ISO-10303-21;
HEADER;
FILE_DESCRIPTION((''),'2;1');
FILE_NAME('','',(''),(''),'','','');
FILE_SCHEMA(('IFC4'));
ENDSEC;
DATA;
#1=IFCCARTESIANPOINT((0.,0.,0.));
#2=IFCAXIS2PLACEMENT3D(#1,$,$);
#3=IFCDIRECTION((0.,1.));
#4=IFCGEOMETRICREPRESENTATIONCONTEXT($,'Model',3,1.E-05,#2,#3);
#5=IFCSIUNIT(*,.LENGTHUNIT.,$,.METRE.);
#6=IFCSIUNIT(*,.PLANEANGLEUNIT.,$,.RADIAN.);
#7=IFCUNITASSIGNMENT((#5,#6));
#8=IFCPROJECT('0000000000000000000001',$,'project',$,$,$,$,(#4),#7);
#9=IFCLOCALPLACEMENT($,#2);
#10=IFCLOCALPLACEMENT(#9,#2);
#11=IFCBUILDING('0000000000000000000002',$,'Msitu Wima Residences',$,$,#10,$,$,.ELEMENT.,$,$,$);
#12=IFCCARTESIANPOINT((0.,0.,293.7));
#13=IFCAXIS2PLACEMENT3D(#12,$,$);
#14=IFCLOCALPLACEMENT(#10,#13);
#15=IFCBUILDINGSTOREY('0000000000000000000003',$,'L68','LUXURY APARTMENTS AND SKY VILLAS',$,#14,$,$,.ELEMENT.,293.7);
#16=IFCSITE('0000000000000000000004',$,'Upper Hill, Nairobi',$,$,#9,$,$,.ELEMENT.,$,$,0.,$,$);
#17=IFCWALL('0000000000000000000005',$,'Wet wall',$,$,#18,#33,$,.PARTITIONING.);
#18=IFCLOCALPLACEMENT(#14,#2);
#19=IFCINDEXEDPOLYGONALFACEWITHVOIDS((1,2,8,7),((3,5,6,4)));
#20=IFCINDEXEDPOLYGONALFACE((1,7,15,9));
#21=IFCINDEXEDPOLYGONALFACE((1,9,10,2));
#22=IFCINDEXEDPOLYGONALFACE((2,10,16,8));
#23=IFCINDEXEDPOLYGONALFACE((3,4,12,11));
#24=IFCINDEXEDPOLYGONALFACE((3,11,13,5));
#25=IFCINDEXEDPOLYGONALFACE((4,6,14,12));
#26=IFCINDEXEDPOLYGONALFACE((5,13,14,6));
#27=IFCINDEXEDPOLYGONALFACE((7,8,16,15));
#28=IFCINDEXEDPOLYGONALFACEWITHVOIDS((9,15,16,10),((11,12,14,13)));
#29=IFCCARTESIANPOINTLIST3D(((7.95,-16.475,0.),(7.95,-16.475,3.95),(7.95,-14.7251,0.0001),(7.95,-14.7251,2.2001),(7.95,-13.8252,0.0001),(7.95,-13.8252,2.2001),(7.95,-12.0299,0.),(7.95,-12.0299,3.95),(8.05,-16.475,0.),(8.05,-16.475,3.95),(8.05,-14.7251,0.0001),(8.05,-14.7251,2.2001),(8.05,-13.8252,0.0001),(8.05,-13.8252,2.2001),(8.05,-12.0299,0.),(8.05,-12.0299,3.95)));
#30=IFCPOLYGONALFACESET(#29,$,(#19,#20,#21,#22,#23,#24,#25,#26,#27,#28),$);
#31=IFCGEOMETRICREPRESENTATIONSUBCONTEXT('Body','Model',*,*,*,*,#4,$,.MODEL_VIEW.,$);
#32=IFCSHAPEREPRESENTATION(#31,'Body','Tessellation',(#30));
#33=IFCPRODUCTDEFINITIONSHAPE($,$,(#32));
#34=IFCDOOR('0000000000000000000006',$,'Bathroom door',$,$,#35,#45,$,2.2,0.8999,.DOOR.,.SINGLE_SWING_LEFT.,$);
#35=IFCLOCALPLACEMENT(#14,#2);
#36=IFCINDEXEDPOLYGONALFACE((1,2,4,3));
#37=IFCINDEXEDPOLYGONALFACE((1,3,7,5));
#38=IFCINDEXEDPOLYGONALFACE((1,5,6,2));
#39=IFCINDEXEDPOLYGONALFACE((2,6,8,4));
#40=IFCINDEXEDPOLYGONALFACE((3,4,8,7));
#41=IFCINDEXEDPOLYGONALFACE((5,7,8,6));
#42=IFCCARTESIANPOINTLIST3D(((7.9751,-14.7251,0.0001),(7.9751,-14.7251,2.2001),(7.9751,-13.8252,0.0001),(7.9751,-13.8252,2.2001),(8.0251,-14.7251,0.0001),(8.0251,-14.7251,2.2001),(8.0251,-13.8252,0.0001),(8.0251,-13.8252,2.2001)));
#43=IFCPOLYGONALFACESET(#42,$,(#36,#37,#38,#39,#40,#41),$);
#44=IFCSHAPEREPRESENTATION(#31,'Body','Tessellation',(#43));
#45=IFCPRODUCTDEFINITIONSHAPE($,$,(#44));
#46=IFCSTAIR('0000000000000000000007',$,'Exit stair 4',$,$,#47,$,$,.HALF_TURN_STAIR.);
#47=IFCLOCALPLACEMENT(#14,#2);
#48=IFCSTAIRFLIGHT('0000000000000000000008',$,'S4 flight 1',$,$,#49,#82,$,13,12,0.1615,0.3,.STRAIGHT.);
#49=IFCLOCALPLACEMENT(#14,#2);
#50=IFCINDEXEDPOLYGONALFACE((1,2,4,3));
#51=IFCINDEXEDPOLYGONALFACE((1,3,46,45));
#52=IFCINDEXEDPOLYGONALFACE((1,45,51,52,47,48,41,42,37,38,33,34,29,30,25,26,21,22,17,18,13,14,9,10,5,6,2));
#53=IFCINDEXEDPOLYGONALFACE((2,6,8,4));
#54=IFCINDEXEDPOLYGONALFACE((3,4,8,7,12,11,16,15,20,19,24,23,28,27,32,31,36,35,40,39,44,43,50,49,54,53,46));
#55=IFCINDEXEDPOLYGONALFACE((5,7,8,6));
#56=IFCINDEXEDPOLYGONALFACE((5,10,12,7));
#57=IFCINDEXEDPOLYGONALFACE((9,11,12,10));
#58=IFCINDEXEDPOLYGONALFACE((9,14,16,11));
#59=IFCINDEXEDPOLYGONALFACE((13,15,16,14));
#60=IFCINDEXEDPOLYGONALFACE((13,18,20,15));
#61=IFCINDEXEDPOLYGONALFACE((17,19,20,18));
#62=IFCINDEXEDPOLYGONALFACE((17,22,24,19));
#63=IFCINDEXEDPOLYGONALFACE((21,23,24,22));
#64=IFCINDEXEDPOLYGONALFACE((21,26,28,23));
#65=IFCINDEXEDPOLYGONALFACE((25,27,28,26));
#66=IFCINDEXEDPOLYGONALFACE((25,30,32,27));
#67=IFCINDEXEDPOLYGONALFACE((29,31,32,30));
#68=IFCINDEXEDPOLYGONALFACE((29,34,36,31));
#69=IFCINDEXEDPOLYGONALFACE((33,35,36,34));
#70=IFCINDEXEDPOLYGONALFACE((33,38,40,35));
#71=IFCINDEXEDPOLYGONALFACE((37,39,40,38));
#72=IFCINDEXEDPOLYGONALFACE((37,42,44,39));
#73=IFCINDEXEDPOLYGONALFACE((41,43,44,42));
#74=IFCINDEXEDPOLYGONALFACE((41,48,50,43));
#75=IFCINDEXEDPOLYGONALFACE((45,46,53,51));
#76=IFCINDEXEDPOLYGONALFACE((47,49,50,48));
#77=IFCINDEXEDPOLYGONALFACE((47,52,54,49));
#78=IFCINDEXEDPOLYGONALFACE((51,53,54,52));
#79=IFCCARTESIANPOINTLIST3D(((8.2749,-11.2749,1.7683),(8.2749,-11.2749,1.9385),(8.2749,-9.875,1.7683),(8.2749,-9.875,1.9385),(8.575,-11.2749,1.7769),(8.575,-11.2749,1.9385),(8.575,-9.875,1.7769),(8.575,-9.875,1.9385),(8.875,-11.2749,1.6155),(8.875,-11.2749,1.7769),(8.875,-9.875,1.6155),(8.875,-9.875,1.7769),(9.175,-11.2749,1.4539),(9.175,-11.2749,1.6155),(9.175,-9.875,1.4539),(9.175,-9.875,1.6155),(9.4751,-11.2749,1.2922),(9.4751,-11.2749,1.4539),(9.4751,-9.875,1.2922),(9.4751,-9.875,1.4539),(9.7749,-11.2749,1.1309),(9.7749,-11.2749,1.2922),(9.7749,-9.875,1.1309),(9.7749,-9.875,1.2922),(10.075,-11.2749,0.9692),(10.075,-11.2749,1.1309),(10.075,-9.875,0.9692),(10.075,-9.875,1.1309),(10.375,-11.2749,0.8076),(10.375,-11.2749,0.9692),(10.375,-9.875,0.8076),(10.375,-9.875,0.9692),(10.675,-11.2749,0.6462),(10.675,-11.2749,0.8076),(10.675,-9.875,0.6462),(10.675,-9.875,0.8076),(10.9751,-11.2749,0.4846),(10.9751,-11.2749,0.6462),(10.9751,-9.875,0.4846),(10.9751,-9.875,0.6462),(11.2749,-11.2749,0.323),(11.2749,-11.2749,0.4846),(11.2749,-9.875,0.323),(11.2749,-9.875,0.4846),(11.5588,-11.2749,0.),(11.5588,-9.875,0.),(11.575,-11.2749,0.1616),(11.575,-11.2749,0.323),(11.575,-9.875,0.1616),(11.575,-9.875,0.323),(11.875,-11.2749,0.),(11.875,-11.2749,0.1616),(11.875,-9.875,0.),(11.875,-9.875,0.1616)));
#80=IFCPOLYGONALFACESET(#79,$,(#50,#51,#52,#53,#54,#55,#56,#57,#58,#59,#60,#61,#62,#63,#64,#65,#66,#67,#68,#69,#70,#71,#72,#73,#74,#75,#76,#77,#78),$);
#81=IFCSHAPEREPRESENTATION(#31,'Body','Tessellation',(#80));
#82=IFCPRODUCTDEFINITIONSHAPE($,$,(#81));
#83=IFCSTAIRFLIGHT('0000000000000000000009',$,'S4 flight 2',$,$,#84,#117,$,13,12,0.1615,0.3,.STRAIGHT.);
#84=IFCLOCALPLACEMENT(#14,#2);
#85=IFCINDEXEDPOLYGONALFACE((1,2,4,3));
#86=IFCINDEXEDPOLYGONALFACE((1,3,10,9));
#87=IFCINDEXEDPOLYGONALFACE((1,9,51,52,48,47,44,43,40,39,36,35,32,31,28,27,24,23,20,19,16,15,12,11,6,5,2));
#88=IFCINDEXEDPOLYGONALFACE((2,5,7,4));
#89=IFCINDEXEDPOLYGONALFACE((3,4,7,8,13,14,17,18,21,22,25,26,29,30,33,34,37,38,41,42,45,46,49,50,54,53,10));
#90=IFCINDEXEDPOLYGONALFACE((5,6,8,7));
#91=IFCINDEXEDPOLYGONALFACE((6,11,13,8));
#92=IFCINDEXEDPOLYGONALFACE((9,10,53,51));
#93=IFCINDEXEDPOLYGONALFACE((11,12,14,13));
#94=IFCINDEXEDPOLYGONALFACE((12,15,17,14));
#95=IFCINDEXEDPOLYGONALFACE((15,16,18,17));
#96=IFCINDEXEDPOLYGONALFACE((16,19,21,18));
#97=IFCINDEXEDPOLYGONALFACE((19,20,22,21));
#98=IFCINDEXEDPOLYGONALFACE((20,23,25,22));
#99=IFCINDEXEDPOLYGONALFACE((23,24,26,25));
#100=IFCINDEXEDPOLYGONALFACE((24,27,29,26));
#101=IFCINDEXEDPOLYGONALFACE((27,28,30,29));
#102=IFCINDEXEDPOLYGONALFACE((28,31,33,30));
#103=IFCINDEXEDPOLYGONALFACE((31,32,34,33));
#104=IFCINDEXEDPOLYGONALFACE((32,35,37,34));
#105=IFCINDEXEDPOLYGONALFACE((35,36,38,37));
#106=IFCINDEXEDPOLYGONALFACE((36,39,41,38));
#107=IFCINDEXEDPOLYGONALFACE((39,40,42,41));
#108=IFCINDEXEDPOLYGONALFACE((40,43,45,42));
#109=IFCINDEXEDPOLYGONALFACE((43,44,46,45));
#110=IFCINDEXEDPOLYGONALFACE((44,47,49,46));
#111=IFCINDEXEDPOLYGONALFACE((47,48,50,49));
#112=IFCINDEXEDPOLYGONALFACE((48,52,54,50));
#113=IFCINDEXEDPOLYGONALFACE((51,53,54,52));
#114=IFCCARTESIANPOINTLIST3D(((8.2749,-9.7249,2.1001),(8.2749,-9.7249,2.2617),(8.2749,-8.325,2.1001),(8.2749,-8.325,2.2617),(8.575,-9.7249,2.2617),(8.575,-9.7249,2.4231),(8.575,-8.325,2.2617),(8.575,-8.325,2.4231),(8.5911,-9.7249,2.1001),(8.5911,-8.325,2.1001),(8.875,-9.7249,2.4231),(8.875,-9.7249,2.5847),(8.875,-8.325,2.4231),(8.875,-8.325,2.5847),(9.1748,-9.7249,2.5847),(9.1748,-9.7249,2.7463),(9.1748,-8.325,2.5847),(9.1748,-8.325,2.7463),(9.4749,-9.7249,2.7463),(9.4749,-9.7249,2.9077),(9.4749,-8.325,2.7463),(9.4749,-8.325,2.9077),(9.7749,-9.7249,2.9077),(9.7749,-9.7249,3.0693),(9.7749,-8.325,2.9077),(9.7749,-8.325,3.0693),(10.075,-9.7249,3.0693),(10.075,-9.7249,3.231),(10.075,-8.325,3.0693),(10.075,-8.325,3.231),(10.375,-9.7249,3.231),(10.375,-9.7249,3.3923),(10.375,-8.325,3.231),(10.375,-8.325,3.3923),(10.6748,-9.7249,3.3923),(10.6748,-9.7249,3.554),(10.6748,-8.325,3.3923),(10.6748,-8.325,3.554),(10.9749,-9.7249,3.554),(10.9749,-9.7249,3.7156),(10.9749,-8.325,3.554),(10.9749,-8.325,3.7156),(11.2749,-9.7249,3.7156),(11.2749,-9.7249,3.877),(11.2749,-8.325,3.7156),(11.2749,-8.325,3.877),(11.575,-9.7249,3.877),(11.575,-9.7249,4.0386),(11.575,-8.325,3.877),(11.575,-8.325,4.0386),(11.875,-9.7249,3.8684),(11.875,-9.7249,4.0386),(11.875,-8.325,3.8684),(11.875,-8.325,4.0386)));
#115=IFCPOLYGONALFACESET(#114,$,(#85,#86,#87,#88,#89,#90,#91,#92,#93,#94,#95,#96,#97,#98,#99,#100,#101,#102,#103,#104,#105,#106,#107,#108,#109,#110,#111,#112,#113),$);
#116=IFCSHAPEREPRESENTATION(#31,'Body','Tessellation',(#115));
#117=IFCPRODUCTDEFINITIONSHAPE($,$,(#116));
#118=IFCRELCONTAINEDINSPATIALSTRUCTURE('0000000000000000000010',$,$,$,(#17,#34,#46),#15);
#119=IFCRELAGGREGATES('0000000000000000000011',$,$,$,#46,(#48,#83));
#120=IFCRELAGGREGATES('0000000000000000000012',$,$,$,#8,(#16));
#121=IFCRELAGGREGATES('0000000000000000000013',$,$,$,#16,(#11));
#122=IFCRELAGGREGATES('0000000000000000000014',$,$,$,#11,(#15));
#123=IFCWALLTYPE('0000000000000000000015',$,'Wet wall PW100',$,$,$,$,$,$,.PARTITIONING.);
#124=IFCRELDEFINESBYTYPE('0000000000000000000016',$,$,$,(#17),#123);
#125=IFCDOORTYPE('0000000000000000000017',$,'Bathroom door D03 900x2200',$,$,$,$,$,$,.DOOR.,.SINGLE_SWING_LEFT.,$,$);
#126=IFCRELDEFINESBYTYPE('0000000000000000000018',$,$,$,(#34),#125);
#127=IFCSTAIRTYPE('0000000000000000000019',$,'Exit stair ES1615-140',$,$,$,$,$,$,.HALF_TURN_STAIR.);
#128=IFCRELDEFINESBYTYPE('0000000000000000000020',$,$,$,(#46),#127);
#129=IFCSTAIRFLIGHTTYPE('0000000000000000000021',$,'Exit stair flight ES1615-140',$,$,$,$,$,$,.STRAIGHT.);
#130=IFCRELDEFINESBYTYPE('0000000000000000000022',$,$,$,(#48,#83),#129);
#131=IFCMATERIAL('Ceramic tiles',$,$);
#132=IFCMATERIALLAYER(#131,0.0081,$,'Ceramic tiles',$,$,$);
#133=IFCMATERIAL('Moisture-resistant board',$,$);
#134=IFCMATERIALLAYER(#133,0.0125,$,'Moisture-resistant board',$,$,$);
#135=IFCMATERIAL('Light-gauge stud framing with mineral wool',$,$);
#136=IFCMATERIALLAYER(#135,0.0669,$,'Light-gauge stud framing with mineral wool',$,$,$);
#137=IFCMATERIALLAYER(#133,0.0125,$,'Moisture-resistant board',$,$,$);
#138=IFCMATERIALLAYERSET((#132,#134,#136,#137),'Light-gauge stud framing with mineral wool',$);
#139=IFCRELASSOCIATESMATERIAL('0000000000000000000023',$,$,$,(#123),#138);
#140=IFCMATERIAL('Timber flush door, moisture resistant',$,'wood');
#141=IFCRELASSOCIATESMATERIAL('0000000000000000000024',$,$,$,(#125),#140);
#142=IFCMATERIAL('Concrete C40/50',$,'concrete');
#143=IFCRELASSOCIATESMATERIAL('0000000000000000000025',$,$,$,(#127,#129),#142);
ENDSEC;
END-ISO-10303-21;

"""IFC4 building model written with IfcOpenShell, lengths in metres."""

from ifc_helpers import new_model, si_unit, direction, frame, frame_2d, origin, place, context, subcontext, project, spatial, polyline, rectangle, outline, extrude, material, layer, layer_set, type_object, element, fill, aggregate, save


model = new_model("IFC4")

# Units and contexts
model_context = context("Model", 3, precision=1e-05, world=origin(), true_north=direction((0.0, 1.0)))
body_context = subcontext(model_context, "Body", "Model", "MODEL_VIEW")
ifc_project = project(units=[si_unit("LENGTHUNIT", "METRE"), si_unit("PLANEANGLEUNIT", "RADIAN")], contexts=[model_context])

# Site, building, storey
site_placement = place(None, origin())
site = spatial("IfcSite", under=ifc_project, at=site_placement, Name="Upper Hill, Nairobi", CompositionType="ELEMENT", RefElevation=0.0)
building_placement = place(site_placement, origin())
building = spatial("IfcBuilding", under=site, at=building_placement, Name="Msitu Wima Residences", CompositionType="ELEMENT")
storey_placement = place(building_placement, frame((0.0, 0.0, 293.7)))
storey = spatial("IfcBuildingStorey", under=building, at=storey_placement, Name="L68", Description="LUXURY APARTMENTS AND SKY VILLAS", CompositionType="ELEMENT", Elevation=293.7)

# Shared definitions
ifc_material_1 = material(Name="Concrete C40/50", Category="concrete")

# Shared definitions
ifc_material_2 = material(Name="Light-gauge stud framing with mineral wool")

# Wall, opening, door
ifc_material_3 = material(Name="Ceramic tiles")
ifc_layer_1 = layer(ifc_material_3, 0.0081, Name="Ceramic tiles")
ifc_material_4 = material(Name="Moisture-resistant board")
ifc_layer_2 = layer(ifc_material_4, 0.0125, Name="Moisture-resistant board")
ifc_layer_3 = layer(ifc_material_2, 0.0669, Name="Light-gauge stud framing with mineral wool")
ifc_layer_4 = layer(ifc_material_4, 0.0125, Name="Moisture-resistant board")
ifc_layer_set_1 = layer_set([ifc_layer_1, ifc_layer_2, ifc_layer_3, ifc_layer_4], Name="Light-gauge stud framing with mineral wool")
wall_type_1 = type_object("IfcWallType", Name="Wet wall PW100", PredefinedType="PARTITIONING", material=ifc_layer_set_1)
wall_1_placement = place(storey_placement, frame((8.0, -16.4751, 0.0), z_axis=(0.0, 0.0, 1.0), x_axis=(0.0, 1.0, 0.0)))
wall_1 = element("IfcWall", 1, at=wall_1_placement, inside=storey, type_object=wall_type_1, Name="Wet wall", PredefinedType="PARTITIONING", context=body_context, shape_type="SweptSolid", body=[
    extrude(rectangle(XDim=4.4451, YDim=0.1001, at=frame_2d((2.2227, 0.0))), origin(), (0.0, 0.0, 1.0), 3.95),
])
opening_1_placement = place(wall_1_placement, frame((1.75, 0.0, 0.0)))
opening_1 = element("IfcOpeningElement", 2, at=opening_1_placement, cuts=wall_1, PredefinedType="OPENING", context=body_context, shape_type="SweptSolid", body=[
    extrude(rectangle(XDim=0.8999, YDim=2.2, at=frame_2d((0.45, 1.1001))), frame((0.0, 0.0601, 0.0), z_axis=(0.0, -1.0, 0.0), x_axis=(1.0, 0.0, 0.0)), (0.0, 0.0, 1.0), 0.1201),
])
ifc_material_5 = material(Name="Timber flush door, moisture resistant", Category="wood")
door_type_1 = type_object("IfcDoorType", Name="Bathroom door D03 900x2200", OperationType="SINGLE_SWING_LEFT", PredefinedType="DOOR", material=ifc_material_5)
door_1_placement = place(opening_1_placement, origin())
door_1 = element("IfcDoor", 3, at=door_1_placement, inside=storey, type_object=door_type_1, Name="Bathroom door", OperationType="SINGLE_SWING_LEFT", OverallHeight=2.2, OverallWidth=0.8999, PredefinedType="DOOR", context=body_context, shape_type="SweptSolid", body=[
    extrude(rectangle(XDim=0.8999, YDim=2.2, at=frame_2d((0.45, 1.1001))), frame((0.0, 0.0249, 0.0), z_axis=(0.0, -1.0, 0.0), x_axis=(1.0, 0.0, 0.0)), (0.0, 0.0, 1.0), 0.05),
])
fill(opening_1, door_1)

# Stair, stair flights
stair_type = type_object("IfcStairType", Name="Exit stair ES1615-140", PredefinedType="HALF_TURN_STAIR", material=ifc_material_1)
stair_placement = place(storey_placement, origin())
stair = element("IfcStair", 4, at=stair_placement, inside=storey, type_object=stair_type, Name="Exit stair 4", PredefinedType="HALF_TURN_STAIR")
stair_flight_type = type_object("IfcStairFlightType", Name="Exit stair flight ES1615-140", PredefinedType="STRAIGHT", material=ifc_material_1)
stair_flight_1_placement = place(storey_placement, frame((11.875, -10.575, 0.0), z_axis=(0.0, 0.0, 1.0), x_axis=(-1.0, 0.0, 0.0)))
stair_flight_1 = element("IfcStairFlight", 5, at=stair_flight_1_placement, type_object=stair_flight_type, Name="S4 flight 1", NumberOfRisers=13, NumberOfTreads=12, PredefinedType="STRAIGHT", RiserHeight=0.1615, TreadLength=0.3, context=body_context, shape_type="SweptSolid", body=[
    extrude(outline(polyline([(0.0, 0.0), (0.0, 0.1616), (0.3, 0.1616), (0.3, 0.323), (0.6001, 0.323), (0.6001, 0.4846), (0.8999, 0.4846), (0.8999, 0.6462), (1.2, 0.6462), (1.2, 0.8076), (1.5, 0.8076), (1.5, 0.9692), (1.8, 0.9692), (1.8, 1.1309), (2.1001, 1.1309), (2.1001, 1.2922), (2.3999, 1.2922), (2.3999, 1.4539), (2.7, 1.4539), (2.7, 1.6155), (3.0, 1.6155), (3.0, 1.7769), (3.3, 1.7769), (3.3, 1.9385), (3.6001, 1.9385), (3.6001, 2.1001), (3.6001, 1.7683), (0.3162, 0.0), (0.0, 0.0)])), frame((0.0, 0.7, 0.0), z_axis=(0.0, -1.0, 0.0), x_axis=(1.0, 0.0, 0.0)), (0.0, 0.0, 1.0), 1.3999),
])
stair_flight_2_placement = place(storey_placement, frame((8.2749, -9.0249, 2.1001), z_axis=(0.0, 0.0, 1.0), x_axis=(1.0, 0.0, 0.0)))
stair_flight_2 = element("IfcStairFlight", 6, at=stair_flight_2_placement, type_object=stair_flight_type, Name="S4 flight 2", NumberOfRisers=13, NumberOfTreads=12, PredefinedType="STRAIGHT", RiserHeight=0.1615, TreadLength=0.3, context=body_context, shape_type="SweptSolid", body=[
    extrude(outline(polyline([(0.0, 0.0), (0.0, 0.1616), (0.3, 0.1616), (0.3, 0.323), (0.6001, 0.323), (0.6001, 0.4846), (0.8999, 0.4846), (0.8999, 0.6462), (1.2, 0.6462), (1.2, 0.8076), (1.5, 0.8076), (1.5, 0.9692), (1.8, 0.9692), (1.8, 1.1309), (2.1001, 1.1309), (2.1001, 1.2922), (2.3999, 1.2922), (2.3999, 1.4539), (2.7, 1.4539), (2.7, 1.6155), (3.0, 1.6155), (3.0, 1.7769), (3.3, 1.7769), (3.3, 1.9385), (3.6001, 1.9385), (3.6001, 2.1001), (3.6001, 1.7683), (0.3162, 0.0), (0.0, 0.0)])), frame((0.0, 0.7, 0.0), z_axis=(0.0, -1.0, 0.0), x_axis=(1.0, 0.0, 0.0)), (0.0, 0.0, 1.0), 1.3999),
])
aggregate(stair, [stair_flight_1, stair_flight_2])

save(model, "model.ifc")
